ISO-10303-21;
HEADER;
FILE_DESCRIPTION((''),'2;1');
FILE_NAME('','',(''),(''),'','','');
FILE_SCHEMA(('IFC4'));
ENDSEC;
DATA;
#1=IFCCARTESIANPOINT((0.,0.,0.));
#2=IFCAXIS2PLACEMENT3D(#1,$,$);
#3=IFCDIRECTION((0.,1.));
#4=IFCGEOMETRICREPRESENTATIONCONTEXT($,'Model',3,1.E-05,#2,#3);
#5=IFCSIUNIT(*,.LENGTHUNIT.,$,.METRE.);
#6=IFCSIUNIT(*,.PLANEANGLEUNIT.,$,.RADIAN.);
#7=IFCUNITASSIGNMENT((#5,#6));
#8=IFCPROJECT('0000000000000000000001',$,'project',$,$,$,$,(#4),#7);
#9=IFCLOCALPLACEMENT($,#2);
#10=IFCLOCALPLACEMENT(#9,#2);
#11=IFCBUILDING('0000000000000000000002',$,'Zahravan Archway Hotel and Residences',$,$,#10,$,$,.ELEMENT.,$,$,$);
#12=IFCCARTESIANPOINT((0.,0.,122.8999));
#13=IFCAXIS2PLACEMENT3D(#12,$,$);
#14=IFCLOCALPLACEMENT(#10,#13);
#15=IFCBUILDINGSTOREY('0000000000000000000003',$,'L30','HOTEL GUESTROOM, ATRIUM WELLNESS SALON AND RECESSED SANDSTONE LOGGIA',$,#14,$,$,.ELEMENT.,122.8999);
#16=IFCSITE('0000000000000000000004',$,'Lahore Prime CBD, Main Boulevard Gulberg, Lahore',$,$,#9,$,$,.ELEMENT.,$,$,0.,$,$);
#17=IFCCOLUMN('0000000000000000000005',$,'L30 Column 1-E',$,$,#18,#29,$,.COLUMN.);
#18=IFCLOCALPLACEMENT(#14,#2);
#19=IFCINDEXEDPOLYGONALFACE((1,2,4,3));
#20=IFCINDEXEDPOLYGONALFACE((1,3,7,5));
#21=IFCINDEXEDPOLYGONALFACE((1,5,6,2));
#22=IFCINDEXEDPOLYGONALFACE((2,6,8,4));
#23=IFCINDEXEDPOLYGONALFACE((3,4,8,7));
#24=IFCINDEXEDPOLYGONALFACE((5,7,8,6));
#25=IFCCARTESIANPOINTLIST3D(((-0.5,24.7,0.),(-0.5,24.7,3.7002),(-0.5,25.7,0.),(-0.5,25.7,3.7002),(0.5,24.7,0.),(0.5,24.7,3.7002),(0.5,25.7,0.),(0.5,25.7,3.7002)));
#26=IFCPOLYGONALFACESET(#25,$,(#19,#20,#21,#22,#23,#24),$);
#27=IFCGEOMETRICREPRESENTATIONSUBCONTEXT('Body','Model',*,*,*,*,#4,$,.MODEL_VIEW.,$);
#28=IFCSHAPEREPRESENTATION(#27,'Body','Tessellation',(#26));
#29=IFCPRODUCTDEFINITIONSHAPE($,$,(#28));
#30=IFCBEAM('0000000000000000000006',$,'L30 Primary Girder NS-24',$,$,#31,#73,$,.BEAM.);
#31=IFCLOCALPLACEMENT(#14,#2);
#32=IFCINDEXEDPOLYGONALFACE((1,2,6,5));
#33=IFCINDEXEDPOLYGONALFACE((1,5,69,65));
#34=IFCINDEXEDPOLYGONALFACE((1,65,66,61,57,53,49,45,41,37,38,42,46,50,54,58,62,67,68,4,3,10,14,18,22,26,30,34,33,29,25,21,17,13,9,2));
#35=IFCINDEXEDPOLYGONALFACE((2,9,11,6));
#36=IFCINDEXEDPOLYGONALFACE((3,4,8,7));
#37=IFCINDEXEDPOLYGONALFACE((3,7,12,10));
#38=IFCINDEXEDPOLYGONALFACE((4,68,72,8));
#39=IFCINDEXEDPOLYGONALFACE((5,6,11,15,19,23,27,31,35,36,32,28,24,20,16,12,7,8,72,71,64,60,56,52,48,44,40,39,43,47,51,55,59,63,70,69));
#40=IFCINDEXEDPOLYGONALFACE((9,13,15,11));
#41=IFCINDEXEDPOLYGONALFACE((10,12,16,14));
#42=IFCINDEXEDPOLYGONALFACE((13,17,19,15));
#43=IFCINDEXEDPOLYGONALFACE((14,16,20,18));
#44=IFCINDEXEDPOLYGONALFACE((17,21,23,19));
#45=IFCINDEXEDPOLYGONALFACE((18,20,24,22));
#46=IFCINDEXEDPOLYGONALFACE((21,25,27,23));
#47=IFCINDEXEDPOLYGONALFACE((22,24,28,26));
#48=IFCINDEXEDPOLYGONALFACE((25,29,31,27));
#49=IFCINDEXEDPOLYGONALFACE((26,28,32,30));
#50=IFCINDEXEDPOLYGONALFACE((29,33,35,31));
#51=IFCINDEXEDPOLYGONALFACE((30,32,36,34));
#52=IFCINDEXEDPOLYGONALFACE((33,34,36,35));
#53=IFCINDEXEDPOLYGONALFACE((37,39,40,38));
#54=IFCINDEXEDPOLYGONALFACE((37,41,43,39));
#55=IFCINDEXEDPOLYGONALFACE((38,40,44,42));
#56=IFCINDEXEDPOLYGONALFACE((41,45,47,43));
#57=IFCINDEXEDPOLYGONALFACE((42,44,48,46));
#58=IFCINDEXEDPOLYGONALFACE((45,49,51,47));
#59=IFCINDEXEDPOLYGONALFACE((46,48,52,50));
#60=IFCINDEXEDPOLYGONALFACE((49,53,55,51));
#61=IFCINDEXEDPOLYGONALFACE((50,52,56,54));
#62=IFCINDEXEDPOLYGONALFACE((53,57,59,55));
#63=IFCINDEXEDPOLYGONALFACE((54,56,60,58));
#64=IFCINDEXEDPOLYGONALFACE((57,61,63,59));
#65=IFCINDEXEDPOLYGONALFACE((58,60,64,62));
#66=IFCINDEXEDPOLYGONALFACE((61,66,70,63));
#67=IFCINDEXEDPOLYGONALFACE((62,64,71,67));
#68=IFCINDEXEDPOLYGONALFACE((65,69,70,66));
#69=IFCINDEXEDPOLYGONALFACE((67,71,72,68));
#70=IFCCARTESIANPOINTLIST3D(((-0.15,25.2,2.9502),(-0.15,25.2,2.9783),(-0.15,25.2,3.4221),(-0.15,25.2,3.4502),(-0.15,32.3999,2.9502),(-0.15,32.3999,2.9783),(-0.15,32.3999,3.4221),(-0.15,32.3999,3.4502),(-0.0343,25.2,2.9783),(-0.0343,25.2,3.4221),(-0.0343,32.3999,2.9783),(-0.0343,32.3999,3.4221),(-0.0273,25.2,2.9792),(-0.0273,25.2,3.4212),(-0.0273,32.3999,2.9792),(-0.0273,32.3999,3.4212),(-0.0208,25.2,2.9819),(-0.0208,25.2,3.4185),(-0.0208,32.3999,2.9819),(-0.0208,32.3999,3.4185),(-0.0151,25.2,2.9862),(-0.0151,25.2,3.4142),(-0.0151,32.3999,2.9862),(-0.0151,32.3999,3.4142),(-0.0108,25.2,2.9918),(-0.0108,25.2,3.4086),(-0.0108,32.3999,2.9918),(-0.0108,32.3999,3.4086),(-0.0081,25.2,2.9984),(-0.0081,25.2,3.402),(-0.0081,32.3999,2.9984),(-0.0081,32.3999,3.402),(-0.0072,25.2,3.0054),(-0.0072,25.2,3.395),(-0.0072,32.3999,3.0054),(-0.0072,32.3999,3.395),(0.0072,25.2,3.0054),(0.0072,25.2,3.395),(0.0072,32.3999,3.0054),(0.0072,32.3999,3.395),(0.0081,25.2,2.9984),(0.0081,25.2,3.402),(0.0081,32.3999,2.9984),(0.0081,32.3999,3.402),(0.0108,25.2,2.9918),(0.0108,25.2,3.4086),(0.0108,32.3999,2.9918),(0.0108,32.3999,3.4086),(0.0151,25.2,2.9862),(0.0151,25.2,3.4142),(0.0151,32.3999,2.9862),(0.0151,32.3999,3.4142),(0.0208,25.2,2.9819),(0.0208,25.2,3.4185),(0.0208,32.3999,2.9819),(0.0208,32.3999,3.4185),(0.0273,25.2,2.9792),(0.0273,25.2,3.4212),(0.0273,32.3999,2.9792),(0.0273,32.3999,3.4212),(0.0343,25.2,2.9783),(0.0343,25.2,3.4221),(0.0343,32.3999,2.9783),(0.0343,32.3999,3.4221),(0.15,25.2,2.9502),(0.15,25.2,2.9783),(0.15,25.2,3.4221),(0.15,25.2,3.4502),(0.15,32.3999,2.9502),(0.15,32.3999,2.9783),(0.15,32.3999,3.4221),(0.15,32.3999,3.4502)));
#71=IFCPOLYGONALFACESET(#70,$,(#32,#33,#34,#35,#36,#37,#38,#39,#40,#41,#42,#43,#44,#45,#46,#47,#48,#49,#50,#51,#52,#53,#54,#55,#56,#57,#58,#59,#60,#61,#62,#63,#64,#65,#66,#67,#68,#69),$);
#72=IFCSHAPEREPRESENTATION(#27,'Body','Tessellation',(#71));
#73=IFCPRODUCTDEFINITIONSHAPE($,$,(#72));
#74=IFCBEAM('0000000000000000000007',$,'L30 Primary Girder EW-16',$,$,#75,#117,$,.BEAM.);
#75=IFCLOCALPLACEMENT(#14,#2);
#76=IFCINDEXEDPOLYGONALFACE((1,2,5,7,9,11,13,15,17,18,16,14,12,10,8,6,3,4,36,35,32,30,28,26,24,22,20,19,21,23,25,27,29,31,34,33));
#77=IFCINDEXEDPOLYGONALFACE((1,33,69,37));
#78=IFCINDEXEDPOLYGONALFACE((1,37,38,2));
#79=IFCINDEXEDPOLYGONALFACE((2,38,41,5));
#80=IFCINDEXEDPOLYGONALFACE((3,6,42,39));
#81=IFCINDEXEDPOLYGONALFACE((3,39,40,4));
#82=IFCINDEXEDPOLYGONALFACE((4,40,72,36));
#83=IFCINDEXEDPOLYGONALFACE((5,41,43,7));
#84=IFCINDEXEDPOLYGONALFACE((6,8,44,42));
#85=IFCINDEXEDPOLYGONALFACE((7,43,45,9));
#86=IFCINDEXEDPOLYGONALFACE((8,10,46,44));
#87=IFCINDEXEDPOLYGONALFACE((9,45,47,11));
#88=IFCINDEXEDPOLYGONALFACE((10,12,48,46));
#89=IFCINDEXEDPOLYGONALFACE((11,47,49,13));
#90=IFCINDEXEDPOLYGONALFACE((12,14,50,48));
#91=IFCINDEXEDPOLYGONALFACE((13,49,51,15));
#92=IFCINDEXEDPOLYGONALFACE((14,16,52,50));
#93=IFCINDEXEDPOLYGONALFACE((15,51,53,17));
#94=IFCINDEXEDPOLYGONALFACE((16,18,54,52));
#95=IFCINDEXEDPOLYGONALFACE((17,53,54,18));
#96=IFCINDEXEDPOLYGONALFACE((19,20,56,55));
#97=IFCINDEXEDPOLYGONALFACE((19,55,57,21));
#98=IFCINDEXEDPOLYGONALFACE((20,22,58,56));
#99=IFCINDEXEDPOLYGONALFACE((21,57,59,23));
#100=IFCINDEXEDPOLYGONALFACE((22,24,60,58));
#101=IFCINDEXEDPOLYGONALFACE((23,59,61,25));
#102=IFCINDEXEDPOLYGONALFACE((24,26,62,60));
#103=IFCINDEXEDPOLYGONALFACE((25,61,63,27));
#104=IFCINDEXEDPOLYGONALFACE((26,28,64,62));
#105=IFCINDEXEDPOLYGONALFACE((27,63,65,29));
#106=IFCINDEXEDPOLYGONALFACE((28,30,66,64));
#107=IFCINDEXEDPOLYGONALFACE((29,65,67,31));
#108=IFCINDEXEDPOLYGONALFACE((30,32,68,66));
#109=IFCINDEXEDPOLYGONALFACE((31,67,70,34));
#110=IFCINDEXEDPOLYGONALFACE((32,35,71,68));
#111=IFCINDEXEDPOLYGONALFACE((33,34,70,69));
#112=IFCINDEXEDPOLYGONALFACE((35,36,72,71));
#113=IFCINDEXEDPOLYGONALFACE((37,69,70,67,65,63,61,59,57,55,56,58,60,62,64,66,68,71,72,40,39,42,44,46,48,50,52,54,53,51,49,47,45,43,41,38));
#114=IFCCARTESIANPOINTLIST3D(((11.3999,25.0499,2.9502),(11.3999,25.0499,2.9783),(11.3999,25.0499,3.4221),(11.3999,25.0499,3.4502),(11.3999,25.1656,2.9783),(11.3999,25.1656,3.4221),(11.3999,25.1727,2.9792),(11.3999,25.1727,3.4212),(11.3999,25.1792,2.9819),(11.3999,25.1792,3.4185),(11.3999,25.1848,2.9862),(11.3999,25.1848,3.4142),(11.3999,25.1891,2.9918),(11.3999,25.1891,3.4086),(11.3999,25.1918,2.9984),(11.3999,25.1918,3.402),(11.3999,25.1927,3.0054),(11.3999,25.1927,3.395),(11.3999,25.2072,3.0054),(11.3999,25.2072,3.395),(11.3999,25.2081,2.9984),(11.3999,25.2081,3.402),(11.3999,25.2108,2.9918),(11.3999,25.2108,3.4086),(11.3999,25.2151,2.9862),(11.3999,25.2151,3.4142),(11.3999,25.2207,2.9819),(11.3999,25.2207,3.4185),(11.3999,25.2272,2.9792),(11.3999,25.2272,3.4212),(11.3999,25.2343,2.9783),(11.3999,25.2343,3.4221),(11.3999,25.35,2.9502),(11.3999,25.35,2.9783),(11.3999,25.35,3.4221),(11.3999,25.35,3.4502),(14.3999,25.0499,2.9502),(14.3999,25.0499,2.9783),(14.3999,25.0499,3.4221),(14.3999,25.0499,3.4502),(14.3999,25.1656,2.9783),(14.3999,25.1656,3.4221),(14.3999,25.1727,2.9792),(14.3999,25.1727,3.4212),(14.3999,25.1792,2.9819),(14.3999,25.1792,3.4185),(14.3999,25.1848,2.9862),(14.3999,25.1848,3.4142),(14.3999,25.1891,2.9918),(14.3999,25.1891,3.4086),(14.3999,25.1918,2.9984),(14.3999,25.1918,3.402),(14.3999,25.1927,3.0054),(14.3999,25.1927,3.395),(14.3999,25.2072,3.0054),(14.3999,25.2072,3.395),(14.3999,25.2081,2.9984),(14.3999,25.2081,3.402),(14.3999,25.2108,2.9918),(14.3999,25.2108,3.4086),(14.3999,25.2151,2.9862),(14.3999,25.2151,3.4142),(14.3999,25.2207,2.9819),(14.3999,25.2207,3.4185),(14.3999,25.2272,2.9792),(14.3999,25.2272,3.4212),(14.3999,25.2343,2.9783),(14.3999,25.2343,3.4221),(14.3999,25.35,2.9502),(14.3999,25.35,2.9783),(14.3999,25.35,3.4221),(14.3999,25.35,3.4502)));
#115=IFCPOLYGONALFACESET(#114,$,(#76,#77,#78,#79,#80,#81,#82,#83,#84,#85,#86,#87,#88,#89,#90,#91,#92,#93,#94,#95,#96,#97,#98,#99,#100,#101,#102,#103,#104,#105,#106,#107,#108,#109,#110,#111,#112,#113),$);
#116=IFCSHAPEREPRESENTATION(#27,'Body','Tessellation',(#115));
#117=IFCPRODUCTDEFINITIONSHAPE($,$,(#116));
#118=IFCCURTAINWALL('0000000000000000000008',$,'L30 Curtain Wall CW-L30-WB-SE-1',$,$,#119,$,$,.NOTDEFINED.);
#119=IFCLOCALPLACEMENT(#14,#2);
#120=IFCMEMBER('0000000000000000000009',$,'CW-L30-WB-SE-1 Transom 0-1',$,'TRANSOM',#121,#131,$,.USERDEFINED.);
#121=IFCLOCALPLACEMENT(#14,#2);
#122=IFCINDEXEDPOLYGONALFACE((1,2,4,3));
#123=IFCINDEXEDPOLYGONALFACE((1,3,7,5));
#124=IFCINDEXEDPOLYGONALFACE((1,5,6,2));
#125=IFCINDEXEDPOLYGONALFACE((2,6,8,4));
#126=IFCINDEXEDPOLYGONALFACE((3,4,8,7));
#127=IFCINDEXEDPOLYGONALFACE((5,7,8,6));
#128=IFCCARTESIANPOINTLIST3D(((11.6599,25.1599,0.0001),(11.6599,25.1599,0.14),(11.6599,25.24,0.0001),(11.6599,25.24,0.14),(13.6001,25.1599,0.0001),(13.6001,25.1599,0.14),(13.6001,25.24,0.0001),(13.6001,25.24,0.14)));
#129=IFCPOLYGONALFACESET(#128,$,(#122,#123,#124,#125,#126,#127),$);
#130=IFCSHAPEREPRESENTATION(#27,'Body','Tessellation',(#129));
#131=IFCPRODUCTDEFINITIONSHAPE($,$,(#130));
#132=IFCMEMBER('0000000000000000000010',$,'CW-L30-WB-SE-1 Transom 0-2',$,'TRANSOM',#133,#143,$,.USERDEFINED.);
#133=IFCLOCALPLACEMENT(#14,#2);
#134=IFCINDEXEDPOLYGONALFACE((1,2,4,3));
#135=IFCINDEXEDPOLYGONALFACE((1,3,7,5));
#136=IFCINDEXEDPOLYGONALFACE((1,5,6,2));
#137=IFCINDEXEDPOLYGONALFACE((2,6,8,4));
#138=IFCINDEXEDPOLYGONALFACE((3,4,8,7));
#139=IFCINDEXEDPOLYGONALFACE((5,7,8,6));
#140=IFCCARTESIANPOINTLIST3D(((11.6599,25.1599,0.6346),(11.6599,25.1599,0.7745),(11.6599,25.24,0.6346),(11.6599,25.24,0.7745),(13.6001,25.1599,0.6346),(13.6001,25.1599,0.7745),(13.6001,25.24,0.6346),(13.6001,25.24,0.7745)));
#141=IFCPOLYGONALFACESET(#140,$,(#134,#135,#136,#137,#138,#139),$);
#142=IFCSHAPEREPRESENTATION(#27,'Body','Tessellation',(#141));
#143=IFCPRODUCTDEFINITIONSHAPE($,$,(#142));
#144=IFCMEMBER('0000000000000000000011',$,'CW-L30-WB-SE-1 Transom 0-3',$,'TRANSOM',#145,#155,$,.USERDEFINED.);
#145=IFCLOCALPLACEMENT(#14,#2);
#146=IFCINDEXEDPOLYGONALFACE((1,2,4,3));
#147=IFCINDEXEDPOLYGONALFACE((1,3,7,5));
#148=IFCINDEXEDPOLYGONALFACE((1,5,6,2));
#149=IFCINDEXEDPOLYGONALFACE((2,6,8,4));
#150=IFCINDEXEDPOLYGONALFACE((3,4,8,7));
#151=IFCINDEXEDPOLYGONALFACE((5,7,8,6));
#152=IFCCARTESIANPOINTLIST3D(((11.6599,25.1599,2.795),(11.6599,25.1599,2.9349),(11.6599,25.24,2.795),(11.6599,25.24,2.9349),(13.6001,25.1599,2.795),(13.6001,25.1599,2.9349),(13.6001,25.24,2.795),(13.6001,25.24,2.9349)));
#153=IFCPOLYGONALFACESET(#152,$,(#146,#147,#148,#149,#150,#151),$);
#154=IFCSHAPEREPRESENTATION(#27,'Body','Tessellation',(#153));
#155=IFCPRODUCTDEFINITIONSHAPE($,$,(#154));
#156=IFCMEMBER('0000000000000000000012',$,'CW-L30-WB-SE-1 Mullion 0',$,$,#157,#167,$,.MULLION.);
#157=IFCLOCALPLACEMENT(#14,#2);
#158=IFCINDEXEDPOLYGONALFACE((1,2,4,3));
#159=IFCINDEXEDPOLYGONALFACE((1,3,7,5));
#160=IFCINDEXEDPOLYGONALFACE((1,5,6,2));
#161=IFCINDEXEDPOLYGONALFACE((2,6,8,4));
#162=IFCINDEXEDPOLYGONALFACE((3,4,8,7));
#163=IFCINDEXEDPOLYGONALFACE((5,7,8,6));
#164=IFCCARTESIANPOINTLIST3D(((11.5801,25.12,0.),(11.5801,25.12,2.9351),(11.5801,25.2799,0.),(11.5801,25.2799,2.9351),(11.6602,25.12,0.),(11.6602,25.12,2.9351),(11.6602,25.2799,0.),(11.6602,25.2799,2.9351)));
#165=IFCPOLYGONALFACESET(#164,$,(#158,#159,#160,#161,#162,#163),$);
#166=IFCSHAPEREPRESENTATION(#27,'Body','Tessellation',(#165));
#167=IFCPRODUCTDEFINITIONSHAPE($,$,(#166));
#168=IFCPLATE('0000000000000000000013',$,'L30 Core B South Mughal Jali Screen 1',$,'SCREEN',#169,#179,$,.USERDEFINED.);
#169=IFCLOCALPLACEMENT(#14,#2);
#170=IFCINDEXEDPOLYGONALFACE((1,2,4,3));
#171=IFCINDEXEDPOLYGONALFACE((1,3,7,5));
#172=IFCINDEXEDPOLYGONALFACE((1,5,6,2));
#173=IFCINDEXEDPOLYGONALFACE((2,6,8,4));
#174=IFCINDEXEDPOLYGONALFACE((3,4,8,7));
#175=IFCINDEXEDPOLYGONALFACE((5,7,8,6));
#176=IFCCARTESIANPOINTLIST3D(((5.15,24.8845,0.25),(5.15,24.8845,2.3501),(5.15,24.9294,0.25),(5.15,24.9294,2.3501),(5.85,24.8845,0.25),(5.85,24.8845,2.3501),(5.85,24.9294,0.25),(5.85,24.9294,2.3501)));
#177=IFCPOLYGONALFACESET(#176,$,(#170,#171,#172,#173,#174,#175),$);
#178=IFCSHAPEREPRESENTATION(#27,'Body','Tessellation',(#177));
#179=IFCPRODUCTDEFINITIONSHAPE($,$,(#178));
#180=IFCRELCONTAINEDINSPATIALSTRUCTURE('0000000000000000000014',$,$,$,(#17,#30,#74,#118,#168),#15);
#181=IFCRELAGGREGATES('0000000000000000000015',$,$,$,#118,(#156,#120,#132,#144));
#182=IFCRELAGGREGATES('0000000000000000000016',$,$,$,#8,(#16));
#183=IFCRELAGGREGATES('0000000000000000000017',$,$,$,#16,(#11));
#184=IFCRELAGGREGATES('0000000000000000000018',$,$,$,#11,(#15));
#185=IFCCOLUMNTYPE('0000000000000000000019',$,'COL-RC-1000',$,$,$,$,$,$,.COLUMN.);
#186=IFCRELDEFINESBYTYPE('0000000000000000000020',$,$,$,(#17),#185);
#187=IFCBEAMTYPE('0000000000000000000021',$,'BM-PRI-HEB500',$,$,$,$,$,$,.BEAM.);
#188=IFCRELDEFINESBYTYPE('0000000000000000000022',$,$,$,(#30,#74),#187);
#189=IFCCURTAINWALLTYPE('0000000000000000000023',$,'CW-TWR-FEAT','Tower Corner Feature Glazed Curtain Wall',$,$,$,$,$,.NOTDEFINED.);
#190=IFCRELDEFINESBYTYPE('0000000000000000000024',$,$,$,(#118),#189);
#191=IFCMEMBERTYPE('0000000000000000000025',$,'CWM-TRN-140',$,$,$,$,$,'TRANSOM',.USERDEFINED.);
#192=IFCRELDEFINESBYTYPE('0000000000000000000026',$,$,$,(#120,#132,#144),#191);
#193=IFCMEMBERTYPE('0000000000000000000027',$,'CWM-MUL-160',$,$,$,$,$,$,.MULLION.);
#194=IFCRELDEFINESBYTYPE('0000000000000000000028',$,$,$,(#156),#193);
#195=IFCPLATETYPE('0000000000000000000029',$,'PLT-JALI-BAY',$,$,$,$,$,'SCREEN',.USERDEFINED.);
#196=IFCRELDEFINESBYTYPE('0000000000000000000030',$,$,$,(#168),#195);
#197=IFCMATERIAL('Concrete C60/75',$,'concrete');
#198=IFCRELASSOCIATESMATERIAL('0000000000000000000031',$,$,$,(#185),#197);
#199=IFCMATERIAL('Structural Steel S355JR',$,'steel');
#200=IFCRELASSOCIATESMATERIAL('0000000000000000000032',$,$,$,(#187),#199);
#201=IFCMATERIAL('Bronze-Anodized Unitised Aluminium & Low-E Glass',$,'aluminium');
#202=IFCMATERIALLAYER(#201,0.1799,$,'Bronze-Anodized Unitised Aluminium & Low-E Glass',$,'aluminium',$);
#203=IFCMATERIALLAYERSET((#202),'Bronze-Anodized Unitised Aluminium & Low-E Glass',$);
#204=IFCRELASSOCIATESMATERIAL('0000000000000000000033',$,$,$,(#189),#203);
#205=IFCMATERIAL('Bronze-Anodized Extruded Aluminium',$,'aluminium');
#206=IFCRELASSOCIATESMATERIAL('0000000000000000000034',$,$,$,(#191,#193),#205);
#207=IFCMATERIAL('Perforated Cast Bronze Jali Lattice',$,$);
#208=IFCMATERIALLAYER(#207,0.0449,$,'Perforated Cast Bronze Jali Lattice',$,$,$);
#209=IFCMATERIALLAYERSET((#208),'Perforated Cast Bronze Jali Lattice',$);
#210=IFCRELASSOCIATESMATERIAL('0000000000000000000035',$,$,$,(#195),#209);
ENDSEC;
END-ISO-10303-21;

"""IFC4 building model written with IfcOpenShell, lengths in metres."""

from ifc_helpers import new_model, si_unit, direction, frame, origin, origin_2d, place, context, subcontext, project, spatial, rectangle, i_section, extrude, source, transform, mapped, material, layer, layer_set, material_profile, profile_set, type_object, type_shapes, element, aggregate, save


model = new_model("IFC4")

# Units and contexts
model_context = context("Model", 3, precision=1e-05, world=origin(), true_north=direction((0.0, 1.0)))
body_context = subcontext(model_context, "Body", "Model", "MODEL_VIEW")
ifc_project = project(units=[si_unit("LENGTHUNIT", "METRE"), si_unit("PLANEANGLEUNIT", "RADIAN")], contexts=[model_context])

# Site, building, storey
site_placement = place(None, origin())
site = spatial("IfcSite", under=ifc_project, at=site_placement, Name="Lahore Prime CBD, Main Boulevard Gulberg, Lahore", CompositionType="ELEMENT", RefElevation=0.0)
building_placement = place(site_placement, origin())
building = spatial("IfcBuilding", under=site, at=building_placement, Name="Zahravan Archway Hotel and Residences", CompositionType="ELEMENT")
storey_placement = place(building_placement, frame((0.0, 0.0, 122.8999)))
storey = spatial("IfcBuildingStorey", under=building, at=storey_placement, Name="L30", Description="HOTEL GUESTROOM, ATRIUM WELLNESS SALON AND RECESSED SANDSTONE LOGGIA", CompositionType="ELEMENT", Elevation=122.8999)

# Column
ifc_material_1 = material(Name="Concrete C60/75", Category="concrete")
ifc_material_profile_1 = material_profile(ifc_material_1, rectangle(XDim=1.0, YDim=1.0, at=origin_2d()), Name="RC-COL-1000x1000", Category="concrete")
ifc_profile_set_1 = profile_set([ifc_material_profile_1], Name="Concrete C60/75")
column_type = type_object("IfcColumnType", Name="COL-RC-1000", PredefinedType="COLUMN", material=ifc_profile_set_1)
shared_shape_1 = source(origin(), body_context, "Body", "SweptSolid", [
    extrude(rectangle(XDim=1.0, YDim=1.0, at=origin_2d()), origin(), (0.0, 0.0, 1.0), 3.7002),
])
column_placement = place(storey_placement, frame((0.0, 25.2, 0.0), z_axis=(0.0, 0.0, 1.0), x_axis=(1.0, 0.0, 0.0)))
element("IfcColumn", 1, at=column_placement, inside=storey, type_object=column_type, Name="L30 Column 1-E", PredefinedType="COLUMN", context=body_context, shape_type="MappedRepresentation", body=[
    mapped(shared_shape_1, transform((0.0, 0.0, 0.0), scale=1.0)),
])

# Beams
ifc_material_2 = material(Name="Structural Steel S355JR", Category="steel")
ifc_material_profile_2 = material_profile(ifc_material_2, i_section(OverallWidth=0.3, OverallDepth=0.5, WebThickness=0.0144, FlangeThickness=0.0281, FilletRadius=0.0271, at=origin_2d()), Name="HEB 500", Category="steel")
ifc_profile_set_2 = profile_set([ifc_material_profile_2], Name="Structural Steel S355JR")
beam_type = type_object("IfcBeamType", Name="BM-PRI-HEB500", PredefinedType="BEAM", material=ifc_profile_set_2)
shared_shape_2 = source(origin(), body_context, "Body", "SweptSolid", [
    extrude(i_section(OverallWidth=0.3, OverallDepth=0.5, WebThickness=0.0144, FlangeThickness=0.0281, FilletRadius=0.0271, at=origin_2d()), origin(), (0.0, 0.0, 1.0), 7.2),
])
beam_1_placement = place(storey_placement, frame((0.0, 25.2, 3.2002), z_axis=(0.0, 1.0, 0.0), x_axis=(-1.0, 0.0, 0.0)))
element("IfcBeam", 2, at=beam_1_placement, inside=storey, type_object=beam_type, Name="L30 Primary Girder NS-24", PredefinedType="BEAM", context=body_context, shape_type="MappedRepresentation", body=[
    mapped(shared_shape_2, transform((0.0, 0.0, 0.0), scale=1.0)),
])
shared_shape_3 = source(origin(), body_context, "Body", "SweptSolid", [
    extrude(i_section(OverallWidth=0.3, OverallDepth=0.5, WebThickness=0.0144, FlangeThickness=0.0281, FilletRadius=0.0271, at=origin_2d()), origin(), (0.0, 0.0, 1.0), 3.0),
])
beam_2_placement = place(storey_placement, frame((11.3999, 25.2, 3.2002), z_axis=(1.0, 0.0, 0.0), x_axis=(0.0, 1.0, 0.0)))
element("IfcBeam", 3, at=beam_2_placement, inside=storey, type_object=beam_type, Name="L30 Primary Girder EW-16", PredefinedType="BEAM", context=body_context, shape_type="MappedRepresentation", body=[
    mapped(shared_shape_3, transform((0.0, 0.0, 0.0), scale=1.0)),
])

# Curtain wall, members
ifc_material_3 = material(Name="Bronze-Anodized Unitised Aluminium & Low-E Glass", Category="aluminium")
ifc_layer_1 = layer(ifc_material_3, 0.1799, Name="Bronze-Anodized Unitised Aluminium & Low-E Glass", Category="aluminium")
ifc_layer_set_1 = layer_set([ifc_layer_1], Name="Bronze-Anodized Unitised Aluminium & Low-E Glass")
curtain_wall_type = type_object("IfcCurtainWallType", Name="CW-TWR-FEAT", Description="Tower Corner Feature Glazed Curtain Wall", PredefinedType="NOTDEFINED", material=ifc_layer_set_1)
curtain_wall_placement = place(storey_placement, origin())
curtain_wall = element("IfcCurtainWall", 4, at=curtain_wall_placement, inside=storey, type_object=curtain_wall_type, Name="L30 Curtain Wall CW-L30-WB-SE-1", PredefinedType="NOTDEFINED")
ifc_material_4 = material(Name="Bronze-Anodized Extruded Aluminium", Category="aluminium")
ifc_material_profile_3 = material_profile(ifc_material_4, rectangle(XDim=0.0801, YDim=0.1399, at=origin_2d()), Name="TRN 80x140", Category="aluminium")
ifc_profile_set_3 = profile_set([ifc_material_profile_3], Name="Bronze-Anodized Extruded Aluminium")
member_type_1 = type_object("IfcMemberType", Name="CWM-TRN-140", ElementType="TRANSOM", PredefinedType="USERDEFINED", material=ifc_profile_set_3)
shared_shape_4 = source(origin(), body_context, "Body", "SweptSolid", [
    extrude(rectangle(XDim=0.0801, YDim=0.1399, at=origin_2d()), origin(), (0.0, 0.0, 1.0), 1.9402),
])
member_1_placement = place(storey_placement, frame((11.6599, 25.2, 0.0701), z_axis=(1.0, 0.0, 0.0), x_axis=(0.0, 1.0, 0.0)))
member_1 = element("IfcMember", 5, at=member_1_placement, type_object=member_type_1, Name="CW-L30-WB-SE-1 Transom 0-1", ObjectType="TRANSOM", PredefinedType="USERDEFINED", context=body_context, shape_type="MappedRepresentation", body=[
    mapped(shared_shape_4, transform((0.0, 0.0, 0.0), scale=1.0)),
])
member_2_placement = place(storey_placement, frame((11.6599, 25.2, 0.7046), z_axis=(1.0, 0.0, 0.0), x_axis=(0.0, 1.0, 0.0)))
member_2 = element("IfcMember", 6, at=member_2_placement, type_object=member_type_1, Name="CW-L30-WB-SE-1 Transom 0-2", ObjectType="TRANSOM", PredefinedType="USERDEFINED", context=body_context, shape_type="MappedRepresentation", body=[
    mapped(shared_shape_4, transform((0.0, 0.0, 0.0), scale=1.0)),
])
member_3_placement = place(storey_placement, frame((11.6599, 25.2, 2.865), z_axis=(1.0, 0.0, 0.0), x_axis=(0.0, 1.0, 0.0)))
member_3 = element("IfcMember", 7, at=member_3_placement, type_object=member_type_1, Name="CW-L30-WB-SE-1 Transom 0-3", ObjectType="TRANSOM", PredefinedType="USERDEFINED", context=body_context, shape_type="MappedRepresentation", body=[
    mapped(shared_shape_4, transform((0.0, 0.0, 0.0), scale=1.0)),
])
ifc_material_profile_4 = material_profile(ifc_material_4, rectangle(XDim=0.0801, YDim=0.1599, at=origin_2d()), Name="MUL 80x160", Category="aluminium")
ifc_profile_set_4 = profile_set([ifc_material_profile_4], Name="Bronze-Anodized Extruded Aluminium")
member_type_2 = type_object("IfcMemberType", Name="CWM-MUL-160", PredefinedType="MULLION", material=ifc_profile_set_4)
shared_shape_5 = source(origin(), body_context, "Body", "SweptSolid", [
    extrude(rectangle(XDim=0.0801, YDim=0.1599, at=origin_2d()), origin(), (0.0, 0.0, 1.0), 2.9351),
])
member_4_placement = place(storey_placement, frame((11.6201, 25.2, 0.0), z_axis=(0.0, 0.0, 1.0), x_axis=(1.0, 0.0, 0.0)))
member_4 = element("IfcMember", 8, at=member_4_placement, type_object=member_type_2, Name="CW-L30-WB-SE-1 Mullion 0", PredefinedType="MULLION", context=body_context, shape_type="MappedRepresentation", body=[
    mapped(shared_shape_5, transform((0.0, 0.0, 0.0), scale=1.0)),
])
aggregate(curtain_wall, [member_4, member_1, member_2, member_3])

# Plate
ifc_material_5 = material(Name="Perforated Cast Bronze Jali Lattice")
ifc_layer_2 = layer(ifc_material_5, 0.0449, Name="Perforated Cast Bronze Jali Lattice")
ifc_layer_set_2 = layer_set([ifc_layer_2], Name="Perforated Cast Bronze Jali Lattice")
plate_type = type_object("IfcPlateType", Name="PLT-JALI-BAY", ElementType="SCREEN", PredefinedType="USERDEFINED", material=ifc_layer_set_2)
shared_shape_6 = source(origin(), body_context, "Body", "SweptSolid", [
    extrude(rectangle(XDim=0.7, YDim=0.0449, at=origin_2d()), origin(), (0.0, 0.0, 1.0), 2.1001),
])
type_shapes(plate_type, [shared_shape_6])
for number, where, z_axis, x_axis, name in (
    (9, (5.5, 24.907, 0.25), (0.0, 0.0, 1.0), (1.0, 0.0, 0.0), "L30 Core B South Mughal Jali Screen 1"),
):
    element("IfcPlate", number, at=place(storey_placement, frame(where, z_axis=z_axis, x_axis=x_axis)), inside=storey, type_object=plate_type, Name=name, ObjectType="SCREEN", PredefinedType="USERDEFINED", context=body_context, shape_type="MappedRepresentation", body=[
        mapped(shared_shape_6, transform((0.0, 0.0, 0.0), scale=1.0)),
    ])

save(model, "model.ifc")
